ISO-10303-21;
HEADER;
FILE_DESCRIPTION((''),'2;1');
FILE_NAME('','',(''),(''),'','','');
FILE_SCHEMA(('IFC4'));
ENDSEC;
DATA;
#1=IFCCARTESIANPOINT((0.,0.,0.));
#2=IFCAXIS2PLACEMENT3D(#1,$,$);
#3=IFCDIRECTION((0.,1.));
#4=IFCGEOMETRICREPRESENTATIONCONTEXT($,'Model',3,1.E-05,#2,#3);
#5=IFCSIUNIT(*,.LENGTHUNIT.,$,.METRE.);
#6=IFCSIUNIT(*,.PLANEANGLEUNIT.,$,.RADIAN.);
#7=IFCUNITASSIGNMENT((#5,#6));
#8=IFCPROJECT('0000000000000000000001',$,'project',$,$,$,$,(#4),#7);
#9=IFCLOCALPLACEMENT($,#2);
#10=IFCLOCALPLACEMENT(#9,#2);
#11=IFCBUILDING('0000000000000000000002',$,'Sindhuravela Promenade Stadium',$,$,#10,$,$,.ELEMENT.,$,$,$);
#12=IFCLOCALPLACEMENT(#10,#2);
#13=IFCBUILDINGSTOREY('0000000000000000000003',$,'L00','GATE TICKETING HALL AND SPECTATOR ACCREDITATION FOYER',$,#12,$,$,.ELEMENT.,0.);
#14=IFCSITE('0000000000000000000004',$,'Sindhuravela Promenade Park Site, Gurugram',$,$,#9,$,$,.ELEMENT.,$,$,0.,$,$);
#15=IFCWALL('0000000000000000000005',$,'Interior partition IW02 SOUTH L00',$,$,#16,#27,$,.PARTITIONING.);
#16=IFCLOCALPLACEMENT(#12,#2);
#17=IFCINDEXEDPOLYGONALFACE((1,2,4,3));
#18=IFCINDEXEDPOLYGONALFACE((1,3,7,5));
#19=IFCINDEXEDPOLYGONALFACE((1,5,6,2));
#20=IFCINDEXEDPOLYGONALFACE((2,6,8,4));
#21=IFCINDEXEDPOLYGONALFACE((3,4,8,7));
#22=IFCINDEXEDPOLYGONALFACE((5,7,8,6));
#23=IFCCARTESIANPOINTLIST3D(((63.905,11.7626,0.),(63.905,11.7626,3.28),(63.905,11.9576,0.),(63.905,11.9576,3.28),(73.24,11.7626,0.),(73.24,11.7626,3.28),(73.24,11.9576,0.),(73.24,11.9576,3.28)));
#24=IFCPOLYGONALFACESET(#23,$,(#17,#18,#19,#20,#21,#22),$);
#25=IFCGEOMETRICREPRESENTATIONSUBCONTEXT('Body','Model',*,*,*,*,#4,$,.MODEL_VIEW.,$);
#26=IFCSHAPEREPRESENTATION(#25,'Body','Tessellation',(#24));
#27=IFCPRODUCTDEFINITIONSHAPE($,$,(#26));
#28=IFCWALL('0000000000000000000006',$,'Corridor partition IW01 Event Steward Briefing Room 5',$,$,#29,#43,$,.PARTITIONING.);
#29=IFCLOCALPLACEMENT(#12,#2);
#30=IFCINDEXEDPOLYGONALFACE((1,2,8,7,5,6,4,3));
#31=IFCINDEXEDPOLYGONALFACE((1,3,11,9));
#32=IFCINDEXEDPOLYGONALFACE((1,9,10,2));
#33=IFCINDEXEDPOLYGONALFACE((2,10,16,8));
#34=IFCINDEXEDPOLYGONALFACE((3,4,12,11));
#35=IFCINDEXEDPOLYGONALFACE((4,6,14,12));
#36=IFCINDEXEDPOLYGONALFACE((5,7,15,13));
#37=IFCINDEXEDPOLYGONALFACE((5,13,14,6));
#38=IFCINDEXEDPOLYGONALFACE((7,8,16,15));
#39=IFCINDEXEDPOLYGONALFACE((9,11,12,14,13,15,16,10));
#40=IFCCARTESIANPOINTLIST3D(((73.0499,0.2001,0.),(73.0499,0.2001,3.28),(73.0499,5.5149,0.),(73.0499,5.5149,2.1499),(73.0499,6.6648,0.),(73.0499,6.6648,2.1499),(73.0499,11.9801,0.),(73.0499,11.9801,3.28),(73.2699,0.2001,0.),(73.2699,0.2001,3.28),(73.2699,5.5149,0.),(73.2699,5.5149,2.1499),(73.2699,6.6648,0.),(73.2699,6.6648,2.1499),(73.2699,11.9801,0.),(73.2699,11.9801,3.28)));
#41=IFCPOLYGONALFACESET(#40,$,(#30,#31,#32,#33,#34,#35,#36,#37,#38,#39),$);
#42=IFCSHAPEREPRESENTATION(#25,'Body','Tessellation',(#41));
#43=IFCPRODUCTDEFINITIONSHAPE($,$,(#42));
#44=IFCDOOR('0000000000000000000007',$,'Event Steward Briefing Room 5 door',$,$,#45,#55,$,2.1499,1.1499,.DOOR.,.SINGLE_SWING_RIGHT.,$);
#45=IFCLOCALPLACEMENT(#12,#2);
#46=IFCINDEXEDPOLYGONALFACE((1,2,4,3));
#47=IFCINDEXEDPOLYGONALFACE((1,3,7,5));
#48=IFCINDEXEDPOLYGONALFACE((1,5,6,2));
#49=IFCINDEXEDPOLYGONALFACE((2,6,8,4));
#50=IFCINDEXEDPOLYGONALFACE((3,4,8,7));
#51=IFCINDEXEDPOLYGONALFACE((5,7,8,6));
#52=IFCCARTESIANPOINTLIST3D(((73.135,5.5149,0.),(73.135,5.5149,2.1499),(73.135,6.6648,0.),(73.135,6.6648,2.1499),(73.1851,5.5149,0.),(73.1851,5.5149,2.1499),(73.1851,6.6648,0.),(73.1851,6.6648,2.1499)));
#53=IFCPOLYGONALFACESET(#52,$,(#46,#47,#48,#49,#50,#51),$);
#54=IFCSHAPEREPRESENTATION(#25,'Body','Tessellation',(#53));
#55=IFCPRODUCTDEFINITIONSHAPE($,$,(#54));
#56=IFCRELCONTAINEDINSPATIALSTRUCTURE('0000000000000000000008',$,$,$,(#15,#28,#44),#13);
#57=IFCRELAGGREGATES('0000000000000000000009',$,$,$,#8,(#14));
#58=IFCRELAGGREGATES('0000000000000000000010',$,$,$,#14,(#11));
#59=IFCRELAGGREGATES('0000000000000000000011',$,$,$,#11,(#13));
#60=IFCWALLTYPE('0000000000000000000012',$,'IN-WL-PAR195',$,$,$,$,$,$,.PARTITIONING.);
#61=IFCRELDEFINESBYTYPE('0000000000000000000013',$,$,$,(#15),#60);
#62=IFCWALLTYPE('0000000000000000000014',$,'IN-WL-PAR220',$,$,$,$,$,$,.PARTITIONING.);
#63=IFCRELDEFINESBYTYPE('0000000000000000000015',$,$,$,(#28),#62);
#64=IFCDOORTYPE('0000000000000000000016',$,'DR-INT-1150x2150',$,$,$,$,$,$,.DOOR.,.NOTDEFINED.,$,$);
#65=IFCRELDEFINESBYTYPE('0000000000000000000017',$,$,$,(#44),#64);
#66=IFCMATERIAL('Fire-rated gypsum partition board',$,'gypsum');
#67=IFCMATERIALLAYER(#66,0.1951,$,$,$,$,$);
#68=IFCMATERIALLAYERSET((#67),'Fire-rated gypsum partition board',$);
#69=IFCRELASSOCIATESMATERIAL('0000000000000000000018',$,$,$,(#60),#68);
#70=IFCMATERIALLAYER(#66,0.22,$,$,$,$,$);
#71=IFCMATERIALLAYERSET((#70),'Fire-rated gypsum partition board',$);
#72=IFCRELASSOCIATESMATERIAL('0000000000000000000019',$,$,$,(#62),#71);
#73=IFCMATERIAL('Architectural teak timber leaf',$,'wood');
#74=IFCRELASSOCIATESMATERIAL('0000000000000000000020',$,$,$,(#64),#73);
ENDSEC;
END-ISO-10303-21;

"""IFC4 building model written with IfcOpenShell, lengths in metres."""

from ifc_helpers import new_model, si_unit, direction, frame, frame_2d, origin, place, context, subcontext, project, spatial, rectangle, extrude, material, layer, layer_set, type_object, element, fill, save


model = new_model("IFC4")

# Units and contexts
model_context = context("Model", 3, precision=1e-05, world=origin(), true_north=direction((0.0, 1.0)))
body_context = subcontext(model_context, "Body", "Model", "MODEL_VIEW")
ifc_project = project(units=[si_unit("LENGTHUNIT", "METRE"), si_unit("PLANEANGLEUNIT", "RADIAN")], contexts=[model_context])

# Site, building, storey
site_placement = place(None, origin())
site = spatial("IfcSite", under=ifc_project, at=site_placement, Name="Sindhuravela Promenade Park Site, Gurugram", CompositionType="ELEMENT", RefElevation=0.0)
building_placement = place(site_placement, origin())
building = spatial("IfcBuilding", under=site, at=building_placement, Name="Sindhuravela Promenade Stadium", CompositionType="ELEMENT")
storey_placement = place(building_placement, origin())
storey = spatial("IfcBuildingStorey", under=building, at=storey_placement, Name="L00", Description="GATE TICKETING HALL AND SPECTATOR ACCREDITATION FOYER", CompositionType="ELEMENT", Elevation=0.0)

# Shared definitions
ifc_material_1 = material(Name="Fire-rated gypsum partition board", Category="gypsum")

# Shared definitions
ifc_material_2 = material(Name="Architectural teak timber leaf", Category="wood")

# Wall
ifc_layer_1 = layer(ifc_material_1, 0.1951)
ifc_layer_set_1 = layer_set([ifc_layer_1], Name="Fire-rated gypsum partition board")
wall_type_1 = type_object("IfcWallType", Name="IN-WL-PAR195", PredefinedType="PARTITIONING", material=ifc_layer_set_1)
wall_1_placement = place(storey_placement, frame((63.905, 11.8601, 0.0), z_axis=(0.0, 0.0, 1.0), x_axis=(1.0, 0.0, 0.0)))
element("IfcWall", 1, at=wall_1_placement, inside=storey, type_object=wall_type_1, Name="Interior partition IW02 SOUTH L00", PredefinedType="PARTITIONING", context=body_context, shape_type="SweptSolid", body=[
    extrude(rectangle(XDim=9.335, YDim=0.1951, at=frame_2d((4.6675, 0.0))), origin(), (0.0, 0.0, 1.0), 3.28),
])

# Wall, opening, door
ifc_layer_2 = layer(ifc_material_1, 0.22)
ifc_layer_set_2 = layer_set([ifc_layer_2], Name="Fire-rated gypsum partition board")
wall_type_2 = type_object("IfcWallType", Name="IN-WL-PAR220", PredefinedType="PARTITIONING", material=ifc_layer_set_2)
wall_2_placement = place(storey_placement, frame((73.1599, 0.2, 0.0), z_axis=(0.0, 0.0, 1.0), x_axis=(0.0, 1.0, 0.0)))
wall_2 = element("IfcWall", 2, at=wall_2_placement, inside=storey, type_object=wall_type_2, Name="Corridor partition IW01 Event Steward Briefing Room 5", PredefinedType="PARTITIONING", context=body_context, shape_type="SweptSolid", body=[
    extrude(rectangle(XDim=11.78, YDim=0.22, at=frame_2d((5.8901, 0.0))), origin(), (0.0, 0.0, 1.0), 3.28),
])
opening_1_placement = place(wall_2_placement, frame((5.3149, 0.0, 0.0)))
opening_1 = element("IfcOpeningElement", 3, at=opening_1_placement, cuts=wall_2, PredefinedType="OPENING", context=body_context, shape_type="SweptSolid", body=[
    extrude(rectangle(XDim=1.1499, YDim=2.1499, at=frame_2d((0.575, 1.075))), frame((0.0, 0.1199, 0.0), z_axis=(0.0, -1.0, 0.0), x_axis=(1.0, 0.0, 0.0)), (0.0, 0.0, 1.0), 0.24),
])
door_type_1 = type_object("IfcDoorType", Name="DR-INT-1150x2150", OperationType="NOTDEFINED", PredefinedType="DOOR", material=ifc_material_2)
door_1_placement = place(opening_1_placement, origin())
door_1 = element("IfcDoor", 4, at=door_1_placement, inside=storey, type_object=door_type_1, Name="Event Steward Briefing Room 5 door", OperationType="SINGLE_SWING_RIGHT", OverallHeight=2.1499, OverallWidth=1.1499, PredefinedType="DOOR", context=body_context, shape_type="SweptSolid", body=[
    extrude(rectangle(XDim=1.1499, YDim=2.1499, at=frame_2d((0.575, 1.075))), frame((0.0, 0.0249, 0.0), z_axis=(0.0, -1.0, 0.0), x_axis=(1.0, 0.0, 0.0)), (0.0, 0.0, 1.0), 0.05),
])
fill(opening_1, door_1)

save(model, "model.ifc")
